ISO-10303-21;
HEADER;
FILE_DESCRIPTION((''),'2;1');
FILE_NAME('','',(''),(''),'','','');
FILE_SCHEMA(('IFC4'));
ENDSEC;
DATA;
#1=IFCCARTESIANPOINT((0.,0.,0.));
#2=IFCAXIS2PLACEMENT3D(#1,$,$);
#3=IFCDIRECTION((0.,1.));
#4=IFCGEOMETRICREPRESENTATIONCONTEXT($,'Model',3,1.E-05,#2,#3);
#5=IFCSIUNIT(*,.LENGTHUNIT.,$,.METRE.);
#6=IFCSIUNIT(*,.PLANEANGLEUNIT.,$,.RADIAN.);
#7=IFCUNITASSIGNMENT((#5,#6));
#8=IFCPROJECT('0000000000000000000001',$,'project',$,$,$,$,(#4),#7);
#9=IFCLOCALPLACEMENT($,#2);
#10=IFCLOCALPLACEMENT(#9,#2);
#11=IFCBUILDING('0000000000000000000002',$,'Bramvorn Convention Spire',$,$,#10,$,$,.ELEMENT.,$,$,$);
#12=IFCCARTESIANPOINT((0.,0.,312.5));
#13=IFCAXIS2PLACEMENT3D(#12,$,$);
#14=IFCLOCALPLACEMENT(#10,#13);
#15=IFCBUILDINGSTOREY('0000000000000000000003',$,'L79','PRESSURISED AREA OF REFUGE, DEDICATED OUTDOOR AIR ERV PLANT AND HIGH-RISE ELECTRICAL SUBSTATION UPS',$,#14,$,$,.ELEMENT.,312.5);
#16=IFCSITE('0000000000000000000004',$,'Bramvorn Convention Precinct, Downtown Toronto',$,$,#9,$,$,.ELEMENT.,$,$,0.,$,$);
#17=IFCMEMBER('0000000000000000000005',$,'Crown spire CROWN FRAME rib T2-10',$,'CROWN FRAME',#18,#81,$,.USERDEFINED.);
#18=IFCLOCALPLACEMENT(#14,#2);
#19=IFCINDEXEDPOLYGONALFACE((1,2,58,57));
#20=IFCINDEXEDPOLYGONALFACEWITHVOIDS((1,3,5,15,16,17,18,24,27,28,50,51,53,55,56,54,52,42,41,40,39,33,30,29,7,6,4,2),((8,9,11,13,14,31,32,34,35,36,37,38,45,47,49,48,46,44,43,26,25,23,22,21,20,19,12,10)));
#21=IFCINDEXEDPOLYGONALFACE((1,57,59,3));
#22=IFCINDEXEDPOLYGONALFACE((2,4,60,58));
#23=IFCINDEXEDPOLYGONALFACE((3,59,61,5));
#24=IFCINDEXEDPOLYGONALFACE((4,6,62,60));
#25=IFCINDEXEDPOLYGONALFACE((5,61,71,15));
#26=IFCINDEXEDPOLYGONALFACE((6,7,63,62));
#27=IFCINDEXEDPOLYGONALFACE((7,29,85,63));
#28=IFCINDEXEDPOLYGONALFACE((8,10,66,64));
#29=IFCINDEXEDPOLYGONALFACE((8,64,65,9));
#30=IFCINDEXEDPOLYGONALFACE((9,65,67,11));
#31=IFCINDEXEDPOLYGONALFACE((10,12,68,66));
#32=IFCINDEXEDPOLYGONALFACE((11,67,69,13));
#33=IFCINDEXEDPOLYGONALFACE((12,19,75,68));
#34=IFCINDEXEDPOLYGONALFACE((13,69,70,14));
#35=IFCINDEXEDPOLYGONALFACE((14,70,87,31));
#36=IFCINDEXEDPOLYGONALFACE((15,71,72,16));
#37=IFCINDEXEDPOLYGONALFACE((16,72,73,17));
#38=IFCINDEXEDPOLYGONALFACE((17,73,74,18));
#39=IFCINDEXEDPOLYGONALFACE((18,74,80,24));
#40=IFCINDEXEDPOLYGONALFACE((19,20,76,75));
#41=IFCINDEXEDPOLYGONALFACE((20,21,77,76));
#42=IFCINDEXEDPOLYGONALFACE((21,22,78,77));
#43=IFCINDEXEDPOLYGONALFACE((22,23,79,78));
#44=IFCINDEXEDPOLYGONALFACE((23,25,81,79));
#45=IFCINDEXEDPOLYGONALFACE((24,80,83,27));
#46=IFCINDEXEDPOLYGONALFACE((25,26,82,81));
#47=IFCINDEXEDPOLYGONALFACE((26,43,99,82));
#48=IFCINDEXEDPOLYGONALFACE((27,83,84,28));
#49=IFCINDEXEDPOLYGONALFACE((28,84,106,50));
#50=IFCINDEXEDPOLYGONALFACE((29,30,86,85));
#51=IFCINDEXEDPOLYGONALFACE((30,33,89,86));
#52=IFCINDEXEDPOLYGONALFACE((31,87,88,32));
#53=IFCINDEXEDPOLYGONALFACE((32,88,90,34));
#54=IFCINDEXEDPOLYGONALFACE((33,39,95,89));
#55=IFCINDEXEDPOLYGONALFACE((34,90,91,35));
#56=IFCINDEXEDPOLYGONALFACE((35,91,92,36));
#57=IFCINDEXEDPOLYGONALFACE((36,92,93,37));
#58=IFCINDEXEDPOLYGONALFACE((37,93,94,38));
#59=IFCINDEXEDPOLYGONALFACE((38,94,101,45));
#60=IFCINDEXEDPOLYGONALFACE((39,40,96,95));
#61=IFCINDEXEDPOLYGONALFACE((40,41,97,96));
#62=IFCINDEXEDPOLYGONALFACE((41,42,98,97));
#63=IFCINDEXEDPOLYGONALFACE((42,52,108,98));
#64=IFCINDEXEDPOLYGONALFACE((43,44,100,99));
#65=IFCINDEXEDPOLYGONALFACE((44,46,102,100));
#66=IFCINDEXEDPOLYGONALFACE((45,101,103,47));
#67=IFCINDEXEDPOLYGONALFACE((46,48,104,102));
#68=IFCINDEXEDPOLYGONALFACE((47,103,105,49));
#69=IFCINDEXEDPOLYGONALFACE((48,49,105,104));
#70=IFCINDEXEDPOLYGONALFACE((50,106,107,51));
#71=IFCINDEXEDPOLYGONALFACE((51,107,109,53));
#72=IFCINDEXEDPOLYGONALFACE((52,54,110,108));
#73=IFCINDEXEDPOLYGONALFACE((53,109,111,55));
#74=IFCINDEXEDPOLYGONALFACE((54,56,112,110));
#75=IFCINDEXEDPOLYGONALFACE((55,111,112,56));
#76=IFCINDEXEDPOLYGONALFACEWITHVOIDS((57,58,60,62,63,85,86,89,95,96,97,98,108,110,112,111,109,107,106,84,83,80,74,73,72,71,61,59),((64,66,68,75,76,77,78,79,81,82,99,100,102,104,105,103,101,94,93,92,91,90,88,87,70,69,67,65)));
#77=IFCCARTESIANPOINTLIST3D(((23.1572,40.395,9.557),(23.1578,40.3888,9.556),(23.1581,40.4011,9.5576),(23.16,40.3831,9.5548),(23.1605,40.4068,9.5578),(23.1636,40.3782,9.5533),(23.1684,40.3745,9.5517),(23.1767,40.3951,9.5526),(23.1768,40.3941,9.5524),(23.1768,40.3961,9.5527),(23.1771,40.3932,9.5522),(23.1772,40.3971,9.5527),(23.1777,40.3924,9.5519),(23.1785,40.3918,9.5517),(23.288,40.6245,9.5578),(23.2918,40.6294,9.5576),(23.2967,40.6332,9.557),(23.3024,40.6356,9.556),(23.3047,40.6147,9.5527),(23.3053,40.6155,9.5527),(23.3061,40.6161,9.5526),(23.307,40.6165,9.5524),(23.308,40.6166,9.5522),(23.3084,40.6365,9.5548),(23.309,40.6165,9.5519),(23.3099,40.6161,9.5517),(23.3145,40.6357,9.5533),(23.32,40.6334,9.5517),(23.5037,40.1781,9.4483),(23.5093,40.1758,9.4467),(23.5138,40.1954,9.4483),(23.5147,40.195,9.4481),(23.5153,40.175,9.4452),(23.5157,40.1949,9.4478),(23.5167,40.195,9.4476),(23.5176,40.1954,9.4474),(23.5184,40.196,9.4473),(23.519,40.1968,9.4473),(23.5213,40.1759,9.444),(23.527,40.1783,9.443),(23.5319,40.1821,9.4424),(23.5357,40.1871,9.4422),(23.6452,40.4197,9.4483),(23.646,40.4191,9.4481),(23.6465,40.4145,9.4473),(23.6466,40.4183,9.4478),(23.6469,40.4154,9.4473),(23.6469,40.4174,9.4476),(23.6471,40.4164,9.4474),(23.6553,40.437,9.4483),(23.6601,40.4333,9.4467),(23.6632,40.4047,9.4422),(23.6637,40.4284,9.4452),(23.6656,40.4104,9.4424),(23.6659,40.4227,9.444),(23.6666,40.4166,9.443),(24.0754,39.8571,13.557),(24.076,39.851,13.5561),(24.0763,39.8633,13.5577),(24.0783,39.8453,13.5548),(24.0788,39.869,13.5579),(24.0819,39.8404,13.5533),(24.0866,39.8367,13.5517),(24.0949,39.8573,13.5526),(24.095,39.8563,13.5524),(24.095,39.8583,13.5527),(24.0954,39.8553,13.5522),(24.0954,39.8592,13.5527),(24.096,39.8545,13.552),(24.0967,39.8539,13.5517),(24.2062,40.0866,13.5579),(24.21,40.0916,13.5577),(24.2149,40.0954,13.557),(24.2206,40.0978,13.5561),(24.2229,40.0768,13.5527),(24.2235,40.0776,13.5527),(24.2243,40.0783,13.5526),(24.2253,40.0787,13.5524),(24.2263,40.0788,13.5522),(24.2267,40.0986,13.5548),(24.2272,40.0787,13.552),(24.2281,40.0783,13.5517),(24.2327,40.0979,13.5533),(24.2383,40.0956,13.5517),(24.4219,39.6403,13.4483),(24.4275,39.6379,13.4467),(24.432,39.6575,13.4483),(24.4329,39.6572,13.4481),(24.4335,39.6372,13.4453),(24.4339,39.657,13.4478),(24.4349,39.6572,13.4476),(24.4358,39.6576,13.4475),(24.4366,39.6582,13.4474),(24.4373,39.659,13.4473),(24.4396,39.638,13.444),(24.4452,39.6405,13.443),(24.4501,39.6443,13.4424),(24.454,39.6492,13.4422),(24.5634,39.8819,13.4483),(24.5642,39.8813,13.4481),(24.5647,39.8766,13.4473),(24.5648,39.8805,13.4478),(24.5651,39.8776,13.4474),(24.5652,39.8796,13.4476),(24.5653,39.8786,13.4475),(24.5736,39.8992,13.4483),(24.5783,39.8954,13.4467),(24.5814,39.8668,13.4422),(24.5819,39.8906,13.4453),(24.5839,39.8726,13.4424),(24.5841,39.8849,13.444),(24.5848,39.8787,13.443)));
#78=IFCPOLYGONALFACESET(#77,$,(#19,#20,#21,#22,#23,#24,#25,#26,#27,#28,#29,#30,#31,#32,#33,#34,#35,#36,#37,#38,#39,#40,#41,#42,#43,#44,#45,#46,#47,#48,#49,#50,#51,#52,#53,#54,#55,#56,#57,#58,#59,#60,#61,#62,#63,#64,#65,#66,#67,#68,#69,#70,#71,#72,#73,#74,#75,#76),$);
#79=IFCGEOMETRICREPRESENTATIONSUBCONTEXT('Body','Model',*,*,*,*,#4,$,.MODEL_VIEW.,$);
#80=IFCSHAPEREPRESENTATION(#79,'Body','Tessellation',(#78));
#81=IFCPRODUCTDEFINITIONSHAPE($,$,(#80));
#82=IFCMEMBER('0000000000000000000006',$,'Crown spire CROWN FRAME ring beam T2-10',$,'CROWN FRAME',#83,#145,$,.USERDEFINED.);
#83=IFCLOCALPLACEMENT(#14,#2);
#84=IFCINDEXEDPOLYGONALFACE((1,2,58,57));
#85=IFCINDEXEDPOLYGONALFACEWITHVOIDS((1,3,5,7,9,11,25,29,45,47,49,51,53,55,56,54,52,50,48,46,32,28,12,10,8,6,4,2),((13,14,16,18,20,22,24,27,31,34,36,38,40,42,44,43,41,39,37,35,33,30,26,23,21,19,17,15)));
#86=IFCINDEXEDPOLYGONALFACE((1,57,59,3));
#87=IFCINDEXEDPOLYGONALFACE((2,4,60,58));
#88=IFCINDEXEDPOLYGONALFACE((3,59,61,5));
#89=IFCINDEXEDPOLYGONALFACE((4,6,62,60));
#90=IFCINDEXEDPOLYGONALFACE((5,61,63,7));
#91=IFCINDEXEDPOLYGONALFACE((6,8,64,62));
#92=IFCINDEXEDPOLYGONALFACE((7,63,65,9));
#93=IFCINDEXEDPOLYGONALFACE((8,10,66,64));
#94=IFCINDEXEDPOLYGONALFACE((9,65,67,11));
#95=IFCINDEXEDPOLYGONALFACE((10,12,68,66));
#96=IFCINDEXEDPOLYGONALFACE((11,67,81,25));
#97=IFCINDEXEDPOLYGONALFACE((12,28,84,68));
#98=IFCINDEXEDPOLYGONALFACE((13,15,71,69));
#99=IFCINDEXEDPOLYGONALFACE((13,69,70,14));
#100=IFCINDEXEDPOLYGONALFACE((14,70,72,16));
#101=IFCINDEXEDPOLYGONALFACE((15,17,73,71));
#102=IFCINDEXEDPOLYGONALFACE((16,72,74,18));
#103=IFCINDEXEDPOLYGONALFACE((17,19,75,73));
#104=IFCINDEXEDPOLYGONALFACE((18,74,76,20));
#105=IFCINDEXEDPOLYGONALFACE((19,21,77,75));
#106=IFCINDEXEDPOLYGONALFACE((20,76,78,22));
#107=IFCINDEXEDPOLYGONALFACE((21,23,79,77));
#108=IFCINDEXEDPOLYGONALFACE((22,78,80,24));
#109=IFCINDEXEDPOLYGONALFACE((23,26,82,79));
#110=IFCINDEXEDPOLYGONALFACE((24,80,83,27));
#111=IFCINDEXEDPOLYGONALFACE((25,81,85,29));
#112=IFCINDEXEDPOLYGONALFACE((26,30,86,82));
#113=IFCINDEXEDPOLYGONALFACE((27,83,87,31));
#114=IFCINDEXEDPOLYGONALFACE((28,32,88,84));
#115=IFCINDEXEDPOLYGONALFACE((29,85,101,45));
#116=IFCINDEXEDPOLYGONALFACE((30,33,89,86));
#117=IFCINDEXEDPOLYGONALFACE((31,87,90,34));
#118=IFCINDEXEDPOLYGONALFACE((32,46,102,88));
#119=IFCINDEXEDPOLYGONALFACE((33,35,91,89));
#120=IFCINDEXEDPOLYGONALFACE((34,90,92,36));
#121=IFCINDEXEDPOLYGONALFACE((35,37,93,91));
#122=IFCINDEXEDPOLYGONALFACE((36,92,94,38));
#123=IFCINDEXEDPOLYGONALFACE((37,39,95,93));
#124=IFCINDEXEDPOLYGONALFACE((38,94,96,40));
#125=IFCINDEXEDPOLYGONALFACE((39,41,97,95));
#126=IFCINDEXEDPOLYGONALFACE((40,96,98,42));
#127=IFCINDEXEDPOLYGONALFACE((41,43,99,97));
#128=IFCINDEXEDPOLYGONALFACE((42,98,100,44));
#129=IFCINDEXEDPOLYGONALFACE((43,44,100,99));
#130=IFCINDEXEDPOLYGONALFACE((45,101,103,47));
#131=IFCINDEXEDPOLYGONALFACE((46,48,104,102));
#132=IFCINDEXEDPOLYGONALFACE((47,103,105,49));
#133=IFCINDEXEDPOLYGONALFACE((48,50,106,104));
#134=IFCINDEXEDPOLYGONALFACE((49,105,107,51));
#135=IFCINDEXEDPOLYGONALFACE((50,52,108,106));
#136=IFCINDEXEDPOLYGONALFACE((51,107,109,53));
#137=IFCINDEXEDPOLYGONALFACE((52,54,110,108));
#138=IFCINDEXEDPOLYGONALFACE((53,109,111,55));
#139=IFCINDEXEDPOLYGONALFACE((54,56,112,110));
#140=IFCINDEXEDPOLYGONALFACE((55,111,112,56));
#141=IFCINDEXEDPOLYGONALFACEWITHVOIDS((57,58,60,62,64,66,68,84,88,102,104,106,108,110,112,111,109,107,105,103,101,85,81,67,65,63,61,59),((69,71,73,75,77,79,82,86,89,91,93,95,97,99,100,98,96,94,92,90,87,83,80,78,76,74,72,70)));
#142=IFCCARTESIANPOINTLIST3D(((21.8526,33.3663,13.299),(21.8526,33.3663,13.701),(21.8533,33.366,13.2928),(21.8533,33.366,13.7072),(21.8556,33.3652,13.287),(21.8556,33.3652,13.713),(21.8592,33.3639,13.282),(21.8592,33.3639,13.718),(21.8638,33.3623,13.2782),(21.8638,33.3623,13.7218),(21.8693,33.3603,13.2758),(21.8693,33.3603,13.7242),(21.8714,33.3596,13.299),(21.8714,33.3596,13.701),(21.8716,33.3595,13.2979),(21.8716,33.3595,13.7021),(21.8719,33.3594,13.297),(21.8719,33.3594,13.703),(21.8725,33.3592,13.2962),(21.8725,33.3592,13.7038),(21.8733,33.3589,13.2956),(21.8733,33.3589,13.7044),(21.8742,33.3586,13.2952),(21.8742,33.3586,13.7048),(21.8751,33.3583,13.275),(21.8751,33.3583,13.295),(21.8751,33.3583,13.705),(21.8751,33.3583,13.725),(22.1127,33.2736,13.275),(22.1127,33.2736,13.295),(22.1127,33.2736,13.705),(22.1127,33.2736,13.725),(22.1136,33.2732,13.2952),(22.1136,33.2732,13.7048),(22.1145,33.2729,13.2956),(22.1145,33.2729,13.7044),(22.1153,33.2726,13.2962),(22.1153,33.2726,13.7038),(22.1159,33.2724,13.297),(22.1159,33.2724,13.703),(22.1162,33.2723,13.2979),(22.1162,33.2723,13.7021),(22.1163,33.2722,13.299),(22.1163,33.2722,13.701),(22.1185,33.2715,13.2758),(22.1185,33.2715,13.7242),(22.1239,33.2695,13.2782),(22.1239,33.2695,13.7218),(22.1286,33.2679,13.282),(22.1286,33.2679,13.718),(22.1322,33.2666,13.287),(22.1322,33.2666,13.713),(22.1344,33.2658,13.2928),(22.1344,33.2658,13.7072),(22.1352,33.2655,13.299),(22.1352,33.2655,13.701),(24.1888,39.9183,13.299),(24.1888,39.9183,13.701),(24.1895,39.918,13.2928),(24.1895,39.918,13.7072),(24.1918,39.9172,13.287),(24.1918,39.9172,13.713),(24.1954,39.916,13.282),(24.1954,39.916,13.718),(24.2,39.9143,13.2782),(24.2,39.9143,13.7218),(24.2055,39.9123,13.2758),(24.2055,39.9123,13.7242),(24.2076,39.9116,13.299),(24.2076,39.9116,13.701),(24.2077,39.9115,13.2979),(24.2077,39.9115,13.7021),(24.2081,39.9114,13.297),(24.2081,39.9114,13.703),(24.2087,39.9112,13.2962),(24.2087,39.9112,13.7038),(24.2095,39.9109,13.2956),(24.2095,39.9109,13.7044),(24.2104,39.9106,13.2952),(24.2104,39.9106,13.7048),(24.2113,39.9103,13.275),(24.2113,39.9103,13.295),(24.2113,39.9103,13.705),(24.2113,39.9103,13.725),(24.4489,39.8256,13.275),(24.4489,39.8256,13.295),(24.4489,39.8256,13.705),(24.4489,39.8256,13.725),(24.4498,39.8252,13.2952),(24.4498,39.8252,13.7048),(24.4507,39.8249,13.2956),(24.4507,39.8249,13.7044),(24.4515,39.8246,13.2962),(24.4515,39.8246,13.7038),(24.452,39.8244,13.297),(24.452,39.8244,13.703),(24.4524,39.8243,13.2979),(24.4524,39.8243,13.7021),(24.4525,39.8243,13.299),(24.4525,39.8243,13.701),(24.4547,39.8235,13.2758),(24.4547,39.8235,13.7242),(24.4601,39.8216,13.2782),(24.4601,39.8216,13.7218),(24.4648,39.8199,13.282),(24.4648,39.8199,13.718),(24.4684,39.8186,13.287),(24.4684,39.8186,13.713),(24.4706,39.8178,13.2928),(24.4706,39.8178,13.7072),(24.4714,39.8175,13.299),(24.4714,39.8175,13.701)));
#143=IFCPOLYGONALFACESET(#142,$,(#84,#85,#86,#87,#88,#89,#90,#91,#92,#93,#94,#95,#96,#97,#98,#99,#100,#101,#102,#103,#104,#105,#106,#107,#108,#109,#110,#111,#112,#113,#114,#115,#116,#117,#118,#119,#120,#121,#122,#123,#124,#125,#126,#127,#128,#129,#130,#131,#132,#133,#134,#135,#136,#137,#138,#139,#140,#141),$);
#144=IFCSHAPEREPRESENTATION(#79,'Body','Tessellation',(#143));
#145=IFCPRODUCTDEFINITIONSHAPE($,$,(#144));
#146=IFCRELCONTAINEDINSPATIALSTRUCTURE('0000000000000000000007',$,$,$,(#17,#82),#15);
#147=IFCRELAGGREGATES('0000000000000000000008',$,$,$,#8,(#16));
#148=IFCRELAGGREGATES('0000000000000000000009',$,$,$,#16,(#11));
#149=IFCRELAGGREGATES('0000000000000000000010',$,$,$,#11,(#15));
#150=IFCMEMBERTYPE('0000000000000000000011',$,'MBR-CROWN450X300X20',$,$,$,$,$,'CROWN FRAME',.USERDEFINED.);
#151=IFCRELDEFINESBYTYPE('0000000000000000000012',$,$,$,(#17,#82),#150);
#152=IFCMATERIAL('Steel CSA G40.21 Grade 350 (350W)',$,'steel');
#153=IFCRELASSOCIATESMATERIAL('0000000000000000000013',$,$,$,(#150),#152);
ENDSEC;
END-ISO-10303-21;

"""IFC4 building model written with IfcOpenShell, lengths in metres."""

from ifc_helpers import new_model, si_unit, direction, frame, origin, origin_2d, place, context, subcontext, project, spatial, hollow_rectangle, extrude, material, material_profile, profile_set, type_object, element, save


model = new_model("IFC4")

# Units and contexts
model_context = context("Model", 3, precision=1e-05, world=origin(), true_north=direction((0.0, 1.0)))
body_context = subcontext(model_context, "Body", "Model", "MODEL_VIEW")
ifc_project = project(units=[si_unit("LENGTHUNIT", "METRE"), si_unit("PLANEANGLEUNIT", "RADIAN")], contexts=[model_context])

# Site, building, storey
site_placement = place(None, origin())
site = spatial("IfcSite", under=ifc_project, at=site_placement, Name="Bramvorn Convention Precinct, Downtown Toronto", CompositionType="ELEMENT", RefElevation=0.0)
building_placement = place(site_placement, origin())
building = spatial("IfcBuilding", under=site, at=building_placement, Name="Bramvorn Convention Spire", CompositionType="ELEMENT")
storey_placement = place(building_placement, frame((0.0, 0.0, 312.5)))
storey = spatial("IfcBuildingStorey", under=building, at=storey_placement, Name="L79", Description="PRESSURISED AREA OF REFUGE, DEDICATED OUTDOOR AIR ERV PLANT AND HIGH-RISE ELECTRICAL SUBSTATION UPS", CompositionType="ELEMENT", Elevation=312.5)

# Shared definitions
ifc_material_1 = material(Name="Steel CSA G40.21 Grade 350 (350W)", Category="steel")

# Members
ifc_material_profile_1 = material_profile(ifc_material_1, hollow_rectangle(XDim=0.3, YDim=0.45, WallThickness=0.02, InnerFilletRadius=0.0039, OuterFilletRadius=0.0239, at=origin_2d()))
ifc_profile_set_1 = profile_set([ifc_material_profile_1], Name="Steel CSA G40.21 Grade 350 (350W) - CROWN450X300X20")
member_type = type_object("IfcMemberType", Name="MBR-CROWN450X300X20", ElementType="CROWN FRAME", PredefinedType="USERDEFINED", material=ifc_profile_set_1)
member_1_placement = place(storey_placement, frame((23.4119, 40.4058, 9.5), z_axis=(0.221837, -0.129941, 0.966387), x_axis=(0.505425, 0.86287, 0.0)))
element("IfcMember", 1, at=member_1_placement, inside=storey, type_object=member_type, Name="Crown spire CROWN FRAME rib T2-10", ObjectType="CROWN FRAME", PredefinedType="USERDEFINED", context=body_context, shape_type="SweptSolid", body=[
    extrude(hollow_rectangle(XDim=0.3, YDim=0.45, WallThickness=0.02, InnerFilletRadius=0.0039, OuterFilletRadius=0.0239, at=origin_2d()), origin(), (0.0, 0.0, 1.0), 4.1392),
])
member_2_placement = place(storey_placement, frame((24.3301, 39.8679, 13.5), z_axis=(-0.335849, -0.941916, 0.0), x_axis=(0.941916, -0.335849, 0.0)))
element("IfcMember", 2, at=member_2_placement, inside=storey, type_object=member_type, Name="Crown spire CROWN FRAME ring beam T2-10", ObjectType="CROWN FRAME", PredefinedType="USERDEFINED", context=body_context, shape_type="SweptSolid", body=[
    extrude(hollow_rectangle(XDim=0.3, YDim=0.45, WallThickness=0.02, InnerFilletRadius=0.0039, OuterFilletRadius=0.0239, at=origin_2d()), origin(), (0.0, 0.0, 1.0), 6.9561),
])

save(model, "model.ifc")
